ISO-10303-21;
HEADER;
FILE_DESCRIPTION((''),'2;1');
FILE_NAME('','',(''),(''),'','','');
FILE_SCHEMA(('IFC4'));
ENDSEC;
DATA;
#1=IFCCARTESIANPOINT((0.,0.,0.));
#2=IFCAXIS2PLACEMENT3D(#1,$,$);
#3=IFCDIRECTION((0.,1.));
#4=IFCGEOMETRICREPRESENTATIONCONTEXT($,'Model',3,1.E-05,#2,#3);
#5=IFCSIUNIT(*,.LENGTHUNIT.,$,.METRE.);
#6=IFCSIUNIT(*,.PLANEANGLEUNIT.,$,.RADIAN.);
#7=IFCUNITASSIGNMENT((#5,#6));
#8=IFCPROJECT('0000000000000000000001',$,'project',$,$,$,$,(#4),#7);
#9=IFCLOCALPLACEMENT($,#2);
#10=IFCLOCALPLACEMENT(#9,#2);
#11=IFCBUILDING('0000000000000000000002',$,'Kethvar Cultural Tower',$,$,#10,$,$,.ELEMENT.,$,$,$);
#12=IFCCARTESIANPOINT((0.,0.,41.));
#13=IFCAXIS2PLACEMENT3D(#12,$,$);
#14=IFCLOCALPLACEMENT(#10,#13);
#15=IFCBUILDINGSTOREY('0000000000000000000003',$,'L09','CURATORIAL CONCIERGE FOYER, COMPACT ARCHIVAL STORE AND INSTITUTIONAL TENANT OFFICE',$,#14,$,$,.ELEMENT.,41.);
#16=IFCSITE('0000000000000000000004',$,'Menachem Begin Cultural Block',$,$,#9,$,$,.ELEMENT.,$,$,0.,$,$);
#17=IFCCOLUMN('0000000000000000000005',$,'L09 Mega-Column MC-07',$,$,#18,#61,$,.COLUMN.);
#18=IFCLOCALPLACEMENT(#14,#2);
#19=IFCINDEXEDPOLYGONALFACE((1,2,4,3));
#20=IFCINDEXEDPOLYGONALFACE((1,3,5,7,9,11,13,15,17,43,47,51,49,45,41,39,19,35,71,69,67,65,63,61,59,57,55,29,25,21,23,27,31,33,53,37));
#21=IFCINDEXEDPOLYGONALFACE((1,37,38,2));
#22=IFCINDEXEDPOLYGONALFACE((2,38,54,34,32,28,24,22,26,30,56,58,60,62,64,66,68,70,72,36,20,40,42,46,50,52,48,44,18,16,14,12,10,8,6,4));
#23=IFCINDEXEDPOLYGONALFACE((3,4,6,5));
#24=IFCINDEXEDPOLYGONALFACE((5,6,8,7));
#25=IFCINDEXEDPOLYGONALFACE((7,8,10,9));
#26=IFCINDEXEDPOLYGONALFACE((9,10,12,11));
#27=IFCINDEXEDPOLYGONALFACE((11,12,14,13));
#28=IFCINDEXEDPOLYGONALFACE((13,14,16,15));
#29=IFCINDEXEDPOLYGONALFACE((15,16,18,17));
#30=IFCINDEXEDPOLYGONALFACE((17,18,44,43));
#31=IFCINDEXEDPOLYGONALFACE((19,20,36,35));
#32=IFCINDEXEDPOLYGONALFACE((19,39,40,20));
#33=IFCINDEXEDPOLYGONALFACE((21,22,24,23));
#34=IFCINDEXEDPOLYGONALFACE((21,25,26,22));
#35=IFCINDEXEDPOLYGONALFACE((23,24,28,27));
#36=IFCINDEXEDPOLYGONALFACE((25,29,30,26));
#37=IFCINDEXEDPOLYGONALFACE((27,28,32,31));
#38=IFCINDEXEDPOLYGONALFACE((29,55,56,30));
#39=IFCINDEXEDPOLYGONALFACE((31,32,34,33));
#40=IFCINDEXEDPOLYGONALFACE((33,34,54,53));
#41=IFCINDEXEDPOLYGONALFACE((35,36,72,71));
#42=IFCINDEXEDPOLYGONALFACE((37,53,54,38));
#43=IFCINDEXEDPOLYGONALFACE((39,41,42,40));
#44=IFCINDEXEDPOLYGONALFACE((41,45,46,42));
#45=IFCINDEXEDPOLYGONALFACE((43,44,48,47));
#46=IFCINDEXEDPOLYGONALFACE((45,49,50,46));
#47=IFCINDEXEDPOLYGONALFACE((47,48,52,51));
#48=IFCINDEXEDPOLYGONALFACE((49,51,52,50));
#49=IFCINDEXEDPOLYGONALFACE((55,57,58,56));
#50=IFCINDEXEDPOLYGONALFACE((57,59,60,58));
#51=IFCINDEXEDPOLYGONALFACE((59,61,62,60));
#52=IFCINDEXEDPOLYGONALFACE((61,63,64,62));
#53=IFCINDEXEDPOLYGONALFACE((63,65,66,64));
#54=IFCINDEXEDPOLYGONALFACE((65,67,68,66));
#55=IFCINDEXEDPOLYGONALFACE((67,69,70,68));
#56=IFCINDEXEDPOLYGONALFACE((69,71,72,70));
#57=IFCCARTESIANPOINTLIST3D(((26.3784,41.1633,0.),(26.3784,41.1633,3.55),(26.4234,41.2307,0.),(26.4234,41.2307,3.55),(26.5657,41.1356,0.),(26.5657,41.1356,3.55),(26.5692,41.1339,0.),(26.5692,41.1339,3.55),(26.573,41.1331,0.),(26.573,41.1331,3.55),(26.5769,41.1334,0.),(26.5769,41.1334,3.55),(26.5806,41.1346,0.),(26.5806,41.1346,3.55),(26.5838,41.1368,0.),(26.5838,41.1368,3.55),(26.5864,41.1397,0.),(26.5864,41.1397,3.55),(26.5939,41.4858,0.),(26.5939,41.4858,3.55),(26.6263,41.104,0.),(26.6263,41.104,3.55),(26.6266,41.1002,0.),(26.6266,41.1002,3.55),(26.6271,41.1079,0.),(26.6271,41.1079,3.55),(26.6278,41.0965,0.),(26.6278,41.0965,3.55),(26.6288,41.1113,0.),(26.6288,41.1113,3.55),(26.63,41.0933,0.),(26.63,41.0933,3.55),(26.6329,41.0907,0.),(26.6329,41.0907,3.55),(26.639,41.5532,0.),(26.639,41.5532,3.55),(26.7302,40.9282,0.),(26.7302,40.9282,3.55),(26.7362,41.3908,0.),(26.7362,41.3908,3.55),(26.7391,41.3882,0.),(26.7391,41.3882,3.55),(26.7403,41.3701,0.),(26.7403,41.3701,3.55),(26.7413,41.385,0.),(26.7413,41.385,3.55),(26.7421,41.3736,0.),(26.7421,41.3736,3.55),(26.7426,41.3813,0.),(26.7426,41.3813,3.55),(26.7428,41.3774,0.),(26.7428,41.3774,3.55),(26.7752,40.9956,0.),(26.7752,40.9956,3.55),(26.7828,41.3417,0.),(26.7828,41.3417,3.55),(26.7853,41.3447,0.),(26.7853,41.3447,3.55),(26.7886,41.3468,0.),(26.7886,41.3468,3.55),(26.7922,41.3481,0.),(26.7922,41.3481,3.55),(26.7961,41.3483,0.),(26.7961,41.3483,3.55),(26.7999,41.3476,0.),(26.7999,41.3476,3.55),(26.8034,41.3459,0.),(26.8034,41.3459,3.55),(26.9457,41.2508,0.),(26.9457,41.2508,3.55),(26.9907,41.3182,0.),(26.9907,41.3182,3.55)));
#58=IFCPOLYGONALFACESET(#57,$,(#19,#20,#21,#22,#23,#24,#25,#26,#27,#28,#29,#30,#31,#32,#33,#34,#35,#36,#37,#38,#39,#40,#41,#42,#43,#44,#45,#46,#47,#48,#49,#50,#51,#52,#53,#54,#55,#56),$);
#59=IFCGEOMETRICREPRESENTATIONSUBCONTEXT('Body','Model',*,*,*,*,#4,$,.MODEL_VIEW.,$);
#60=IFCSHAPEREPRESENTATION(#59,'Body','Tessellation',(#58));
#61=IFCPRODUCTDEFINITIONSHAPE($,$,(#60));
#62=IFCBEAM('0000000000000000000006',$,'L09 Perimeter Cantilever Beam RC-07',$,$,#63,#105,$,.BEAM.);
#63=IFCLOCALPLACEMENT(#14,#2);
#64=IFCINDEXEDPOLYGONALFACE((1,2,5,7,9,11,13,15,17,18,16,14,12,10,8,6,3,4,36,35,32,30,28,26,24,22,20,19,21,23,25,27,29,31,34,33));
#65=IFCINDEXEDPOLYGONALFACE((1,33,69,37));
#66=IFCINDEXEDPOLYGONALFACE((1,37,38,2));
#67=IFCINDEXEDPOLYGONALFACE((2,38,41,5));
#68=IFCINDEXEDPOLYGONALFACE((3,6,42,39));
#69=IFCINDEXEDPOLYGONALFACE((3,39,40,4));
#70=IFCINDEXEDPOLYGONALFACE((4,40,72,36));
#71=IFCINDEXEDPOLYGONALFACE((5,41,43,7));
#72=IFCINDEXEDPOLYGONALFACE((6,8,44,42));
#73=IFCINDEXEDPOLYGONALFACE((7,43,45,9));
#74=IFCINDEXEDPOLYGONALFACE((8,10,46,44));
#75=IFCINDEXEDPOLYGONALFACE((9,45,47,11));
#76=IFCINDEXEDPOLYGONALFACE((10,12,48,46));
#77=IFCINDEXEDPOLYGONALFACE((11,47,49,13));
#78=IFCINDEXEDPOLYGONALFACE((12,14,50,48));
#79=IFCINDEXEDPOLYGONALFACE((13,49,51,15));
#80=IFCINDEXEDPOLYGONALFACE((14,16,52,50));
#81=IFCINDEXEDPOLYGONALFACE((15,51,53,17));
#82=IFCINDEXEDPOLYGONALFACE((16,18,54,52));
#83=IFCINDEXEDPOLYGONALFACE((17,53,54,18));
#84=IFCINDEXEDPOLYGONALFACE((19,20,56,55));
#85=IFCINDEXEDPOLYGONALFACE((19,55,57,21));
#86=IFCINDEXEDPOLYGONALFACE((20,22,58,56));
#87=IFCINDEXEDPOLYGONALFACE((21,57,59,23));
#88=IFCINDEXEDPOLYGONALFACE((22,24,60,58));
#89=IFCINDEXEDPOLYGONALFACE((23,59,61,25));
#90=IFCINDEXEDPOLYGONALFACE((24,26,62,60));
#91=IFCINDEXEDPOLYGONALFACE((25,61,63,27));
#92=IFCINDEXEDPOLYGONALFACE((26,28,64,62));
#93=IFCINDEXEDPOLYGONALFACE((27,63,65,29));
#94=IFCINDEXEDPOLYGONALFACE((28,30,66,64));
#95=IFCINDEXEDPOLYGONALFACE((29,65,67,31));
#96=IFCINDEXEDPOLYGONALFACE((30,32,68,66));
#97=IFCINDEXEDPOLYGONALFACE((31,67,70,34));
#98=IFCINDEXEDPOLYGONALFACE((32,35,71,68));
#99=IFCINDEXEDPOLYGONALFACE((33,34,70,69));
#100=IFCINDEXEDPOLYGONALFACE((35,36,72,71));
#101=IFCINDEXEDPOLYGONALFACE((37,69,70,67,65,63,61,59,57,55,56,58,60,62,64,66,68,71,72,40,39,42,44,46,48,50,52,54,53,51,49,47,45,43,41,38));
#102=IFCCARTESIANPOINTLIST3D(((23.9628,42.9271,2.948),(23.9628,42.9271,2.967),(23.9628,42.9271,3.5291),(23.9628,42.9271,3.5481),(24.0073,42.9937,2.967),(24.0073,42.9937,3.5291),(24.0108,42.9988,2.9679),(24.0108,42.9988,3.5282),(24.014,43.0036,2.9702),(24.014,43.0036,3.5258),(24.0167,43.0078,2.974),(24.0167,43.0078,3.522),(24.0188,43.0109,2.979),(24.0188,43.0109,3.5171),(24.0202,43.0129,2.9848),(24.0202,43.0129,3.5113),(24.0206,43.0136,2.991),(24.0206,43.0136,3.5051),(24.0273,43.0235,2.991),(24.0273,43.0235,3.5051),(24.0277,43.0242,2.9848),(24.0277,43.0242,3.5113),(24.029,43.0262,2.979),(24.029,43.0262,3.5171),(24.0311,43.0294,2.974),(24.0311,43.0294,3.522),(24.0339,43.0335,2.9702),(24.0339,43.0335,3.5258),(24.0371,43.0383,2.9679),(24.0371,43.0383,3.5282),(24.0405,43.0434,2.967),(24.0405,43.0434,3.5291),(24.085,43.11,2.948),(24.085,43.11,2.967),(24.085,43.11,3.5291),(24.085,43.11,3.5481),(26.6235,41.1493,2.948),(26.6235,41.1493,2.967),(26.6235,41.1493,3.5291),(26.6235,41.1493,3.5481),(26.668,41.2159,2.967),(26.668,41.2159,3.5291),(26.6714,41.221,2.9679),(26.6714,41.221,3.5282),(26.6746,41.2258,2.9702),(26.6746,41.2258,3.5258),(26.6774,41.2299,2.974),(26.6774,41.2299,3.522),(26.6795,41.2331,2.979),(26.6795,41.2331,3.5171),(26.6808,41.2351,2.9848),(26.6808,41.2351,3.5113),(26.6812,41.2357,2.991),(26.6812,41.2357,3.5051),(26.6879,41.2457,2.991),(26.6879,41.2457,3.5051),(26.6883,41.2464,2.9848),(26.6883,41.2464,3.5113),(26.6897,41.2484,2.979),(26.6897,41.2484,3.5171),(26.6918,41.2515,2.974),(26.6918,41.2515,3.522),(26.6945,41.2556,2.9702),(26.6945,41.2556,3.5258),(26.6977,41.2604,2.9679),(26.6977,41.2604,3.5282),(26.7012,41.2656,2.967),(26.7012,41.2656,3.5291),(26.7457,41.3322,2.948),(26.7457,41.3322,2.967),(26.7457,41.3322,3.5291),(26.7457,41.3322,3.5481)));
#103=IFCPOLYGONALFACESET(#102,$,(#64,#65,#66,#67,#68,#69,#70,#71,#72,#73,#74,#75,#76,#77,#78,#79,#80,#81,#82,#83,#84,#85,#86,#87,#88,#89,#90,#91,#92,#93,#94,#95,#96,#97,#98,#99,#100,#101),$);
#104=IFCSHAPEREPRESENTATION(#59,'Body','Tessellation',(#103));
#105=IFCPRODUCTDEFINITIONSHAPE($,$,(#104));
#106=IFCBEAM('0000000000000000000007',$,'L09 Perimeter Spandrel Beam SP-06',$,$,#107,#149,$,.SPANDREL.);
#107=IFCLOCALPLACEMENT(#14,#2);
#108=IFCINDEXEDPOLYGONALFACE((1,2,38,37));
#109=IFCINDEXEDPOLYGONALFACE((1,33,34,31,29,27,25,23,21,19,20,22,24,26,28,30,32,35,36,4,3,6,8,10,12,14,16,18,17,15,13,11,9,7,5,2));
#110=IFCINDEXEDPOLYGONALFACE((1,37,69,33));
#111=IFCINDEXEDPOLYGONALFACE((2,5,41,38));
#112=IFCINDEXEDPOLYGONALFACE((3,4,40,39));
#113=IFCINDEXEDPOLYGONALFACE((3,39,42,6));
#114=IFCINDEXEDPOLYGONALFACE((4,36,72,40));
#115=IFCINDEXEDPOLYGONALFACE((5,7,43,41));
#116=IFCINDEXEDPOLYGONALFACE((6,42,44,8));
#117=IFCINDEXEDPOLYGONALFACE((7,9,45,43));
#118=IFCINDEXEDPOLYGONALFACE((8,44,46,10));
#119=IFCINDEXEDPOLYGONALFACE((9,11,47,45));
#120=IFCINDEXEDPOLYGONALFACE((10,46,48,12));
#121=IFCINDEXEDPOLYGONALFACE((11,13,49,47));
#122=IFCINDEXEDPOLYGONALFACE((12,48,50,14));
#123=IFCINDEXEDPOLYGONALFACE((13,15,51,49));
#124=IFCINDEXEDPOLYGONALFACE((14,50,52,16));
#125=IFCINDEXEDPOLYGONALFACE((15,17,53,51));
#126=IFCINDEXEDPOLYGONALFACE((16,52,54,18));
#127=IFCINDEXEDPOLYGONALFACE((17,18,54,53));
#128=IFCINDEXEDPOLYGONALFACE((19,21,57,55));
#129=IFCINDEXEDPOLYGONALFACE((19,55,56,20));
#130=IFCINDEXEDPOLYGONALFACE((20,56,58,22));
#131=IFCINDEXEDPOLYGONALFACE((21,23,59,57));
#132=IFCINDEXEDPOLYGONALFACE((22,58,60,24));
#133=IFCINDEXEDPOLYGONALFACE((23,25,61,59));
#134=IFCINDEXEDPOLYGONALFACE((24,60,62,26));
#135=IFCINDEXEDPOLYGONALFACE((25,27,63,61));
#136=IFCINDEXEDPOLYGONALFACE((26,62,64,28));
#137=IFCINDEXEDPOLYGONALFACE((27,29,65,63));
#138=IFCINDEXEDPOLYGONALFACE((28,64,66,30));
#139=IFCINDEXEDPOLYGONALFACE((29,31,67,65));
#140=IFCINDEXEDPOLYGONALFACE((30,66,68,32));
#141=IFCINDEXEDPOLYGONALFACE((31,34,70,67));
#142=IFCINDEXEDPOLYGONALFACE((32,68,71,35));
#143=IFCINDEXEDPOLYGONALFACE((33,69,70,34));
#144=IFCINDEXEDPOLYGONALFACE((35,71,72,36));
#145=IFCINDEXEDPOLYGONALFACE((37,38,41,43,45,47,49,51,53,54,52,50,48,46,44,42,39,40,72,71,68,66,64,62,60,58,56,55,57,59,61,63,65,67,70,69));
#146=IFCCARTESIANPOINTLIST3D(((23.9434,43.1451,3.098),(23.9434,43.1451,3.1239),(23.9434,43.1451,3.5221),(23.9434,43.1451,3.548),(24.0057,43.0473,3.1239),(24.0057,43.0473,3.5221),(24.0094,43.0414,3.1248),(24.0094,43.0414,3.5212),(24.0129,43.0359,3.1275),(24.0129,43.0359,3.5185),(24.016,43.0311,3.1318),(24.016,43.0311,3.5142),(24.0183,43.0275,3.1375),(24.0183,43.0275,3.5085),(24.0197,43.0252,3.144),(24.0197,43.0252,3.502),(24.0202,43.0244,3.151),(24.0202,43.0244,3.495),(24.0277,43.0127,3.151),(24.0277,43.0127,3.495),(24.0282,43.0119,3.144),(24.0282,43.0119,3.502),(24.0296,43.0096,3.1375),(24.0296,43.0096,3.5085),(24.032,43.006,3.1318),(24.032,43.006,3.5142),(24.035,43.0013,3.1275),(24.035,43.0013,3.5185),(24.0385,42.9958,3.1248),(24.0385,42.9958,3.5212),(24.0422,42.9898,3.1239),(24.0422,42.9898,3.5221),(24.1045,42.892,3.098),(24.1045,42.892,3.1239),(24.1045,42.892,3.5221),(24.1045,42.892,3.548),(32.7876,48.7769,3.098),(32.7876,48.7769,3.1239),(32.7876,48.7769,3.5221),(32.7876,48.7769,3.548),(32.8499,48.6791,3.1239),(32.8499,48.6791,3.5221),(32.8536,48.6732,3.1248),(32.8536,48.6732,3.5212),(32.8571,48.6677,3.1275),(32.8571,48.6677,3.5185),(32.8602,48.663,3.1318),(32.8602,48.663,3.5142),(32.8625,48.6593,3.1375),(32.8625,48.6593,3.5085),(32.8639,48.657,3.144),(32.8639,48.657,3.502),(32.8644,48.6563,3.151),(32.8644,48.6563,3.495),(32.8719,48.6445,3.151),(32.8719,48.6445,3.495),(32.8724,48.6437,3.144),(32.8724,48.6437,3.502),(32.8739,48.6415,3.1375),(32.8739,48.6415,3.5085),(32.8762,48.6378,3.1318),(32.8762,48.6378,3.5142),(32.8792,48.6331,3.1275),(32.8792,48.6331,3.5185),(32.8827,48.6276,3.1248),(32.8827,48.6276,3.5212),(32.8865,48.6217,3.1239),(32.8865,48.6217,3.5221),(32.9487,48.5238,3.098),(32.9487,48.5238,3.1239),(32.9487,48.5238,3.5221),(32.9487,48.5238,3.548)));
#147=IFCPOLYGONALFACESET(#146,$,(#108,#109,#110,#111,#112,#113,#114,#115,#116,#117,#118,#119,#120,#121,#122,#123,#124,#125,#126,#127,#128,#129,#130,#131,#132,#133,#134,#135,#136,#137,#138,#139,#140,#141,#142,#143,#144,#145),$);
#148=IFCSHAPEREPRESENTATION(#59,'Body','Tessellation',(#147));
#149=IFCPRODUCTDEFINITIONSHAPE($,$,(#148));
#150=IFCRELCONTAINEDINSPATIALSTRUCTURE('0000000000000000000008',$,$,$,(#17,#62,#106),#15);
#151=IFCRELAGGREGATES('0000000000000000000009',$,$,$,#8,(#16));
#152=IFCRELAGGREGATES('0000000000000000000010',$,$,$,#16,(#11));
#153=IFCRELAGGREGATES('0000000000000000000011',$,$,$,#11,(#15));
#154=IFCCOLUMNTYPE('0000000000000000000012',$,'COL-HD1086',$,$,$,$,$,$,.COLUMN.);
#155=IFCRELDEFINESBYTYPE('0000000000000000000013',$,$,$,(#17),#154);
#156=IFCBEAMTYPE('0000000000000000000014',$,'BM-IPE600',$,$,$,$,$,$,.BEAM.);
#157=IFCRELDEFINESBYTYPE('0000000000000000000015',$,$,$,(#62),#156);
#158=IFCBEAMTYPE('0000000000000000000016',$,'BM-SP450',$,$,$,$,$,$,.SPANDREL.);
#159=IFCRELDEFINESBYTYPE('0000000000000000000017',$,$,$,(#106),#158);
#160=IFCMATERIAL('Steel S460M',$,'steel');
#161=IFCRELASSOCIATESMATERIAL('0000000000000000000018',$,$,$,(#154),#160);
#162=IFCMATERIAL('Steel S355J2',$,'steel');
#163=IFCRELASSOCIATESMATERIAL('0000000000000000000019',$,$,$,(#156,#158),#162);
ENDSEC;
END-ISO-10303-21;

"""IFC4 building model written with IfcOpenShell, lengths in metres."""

from ifc_helpers import new_model, si_unit, direction, frame, origin, origin_2d, place, context, subcontext, project, spatial, i_section, extrude, source, transform, mapped, material, material_profile, profile_set, type_object, element, save


model = new_model("IFC4")

# Units and contexts
model_context = context("Model", 3, precision=1e-05, world=origin(), true_north=direction((0.0, 1.0)))
body_context = subcontext(model_context, "Body", "Model", "MODEL_VIEW")
ifc_project = project(units=[si_unit("LENGTHUNIT", "METRE"), si_unit("PLANEANGLEUNIT", "RADIAN")], contexts=[model_context])

# Site, building, storey
site_placement = place(None, origin())
site = spatial("IfcSite", under=ifc_project, at=site_placement, Name="Menachem Begin Cultural Block", CompositionType="ELEMENT", RefElevation=0.0)
building_placement = place(site_placement, origin())
building = spatial("IfcBuilding", under=site, at=building_placement, Name="Kethvar Cultural Tower", CompositionType="ELEMENT")
storey_placement = place(building_placement, frame((0.0, 0.0, 41.0)))
storey = spatial("IfcBuildingStorey", under=building, at=storey_placement, Name="L09", Description="CURATORIAL CONCIERGE FOYER, COMPACT ARCHIVAL STORE AND INSTITUTIONAL TENANT OFFICE", CompositionType="ELEMENT", Elevation=41.0)

# Column
ifc_material_1 = material(Name="Steel S460M", Category="steel")
ifc_material_profile_1 = material_profile(ifc_material_1, i_section(OverallWidth=0.4231, OverallDepth=0.469, WebThickness=0.051, FlangeThickness=0.0811, FilletRadius=0.0149, at=origin_2d()), Name="Steel S460M — HD400x1086")
ifc_profile_set_1 = profile_set([ifc_material_profile_1], Name="Steel S460M — HD400x1086")
column_type = type_object("IfcColumnType", Name="COL-HD1086", PredefinedType="COLUMN", material=ifc_profile_set_1)
shared_shape_1 = source(origin(), body_context, "Body", "SweptSolid", [
    extrude(i_section(OverallWidth=0.4231, OverallDepth=0.469, WebThickness=0.051, FlangeThickness=0.0811, FilletRadius=0.0149, at=origin_2d()), origin(), (0.0, 0.0, 1.0), 3.55),
])
column_placement = place(storey_placement, frame((26.6846, 41.2407, 0.0), z_axis=(0.0, 0.0, 1.0), x_axis=(-0.83147, 0.55557, 0.0)))
element("IfcColumn", 1, at=column_placement, inside=storey, type_object=column_type, Name="L09 Mega-Column MC-07", PredefinedType="COLUMN", context=body_context, shape_type="MappedRepresentation", body=[
    mapped(shared_shape_1, transform((0.0, 0.0, 0.0), scale=1.0)),
])

# Beams
ifc_material_2 = material(Name="Steel S355J2", Category="steel")
ifc_material_profile_2 = material_profile(ifc_material_2, i_section(OverallWidth=0.22, OverallDepth=0.6001, WebThickness=0.012, FlangeThickness=0.019, FilletRadius=0.0239, at=origin_2d()), Name="Steel S355J2 — IPE600")
ifc_profile_set_2 = profile_set([ifc_material_profile_2], Name="Steel S355J2 — IPE600")
beam_type_1 = type_object("IfcBeamType", Name="BM-IPE600", PredefinedType="BEAM", material=ifc_profile_set_2)
shared_shape_2 = source(origin(), body_context, "Body", "SweptSolid", [
    extrude(i_section(OverallWidth=0.22, OverallDepth=0.6001, WebThickness=0.012, FlangeThickness=0.019, FilletRadius=0.0239, at=origin_2d()), origin(), (0.0, 0.0, 1.0), 3.2),
])
beam_1_placement = place(storey_placement, frame((26.6846, 41.2407, 3.248), z_axis=(-0.831463, 0.55558, 0.0), x_axis=(-0.55558, -0.831463, 0.0)))
element("IfcBeam", 2, at=beam_1_placement, inside=storey, type_object=beam_type_1, Name="L09 Perimeter Cantilever Beam RC-07", PredefinedType="BEAM", context=body_context, shape_type="MappedRepresentation", body=[
    mapped(shared_shape_2, transform((0.0, 0.0, 0.0), scale=1.0)),
])
ifc_material_profile_3 = material_profile(ifc_material_2, i_section(OverallWidth=0.3, OverallDepth=0.45, WebThickness=0.0139, FlangeThickness=0.0259, FilletRadius=0.0271, at=origin_2d()), Name="Steel S355J2 — HEB450")
ifc_profile_set_3 = profile_set([ifc_material_profile_3], Name="Steel S355J2 — HEB450")
beam_type_2 = type_object("IfcBeamType", Name="BM-SP450", PredefinedType="SPANDREL", material=ifc_profile_set_3)
shared_shape_3 = source(origin(), body_context, "Body", "SweptSolid", [
    extrude(i_section(OverallWidth=0.3, OverallDepth=0.45, WebThickness=0.0139, FlangeThickness=0.0259, FilletRadius=0.0271, at=origin_2d()), origin(), (0.0, 0.0, 1.0), 10.4851),
])
beam_2_placement = place(storey_placement, frame((32.8682, 48.6504, 3.323), z_axis=(-0.843502, -0.537126, 0.0), x_axis=(0.537126, -0.843502, 0.0)))
element("IfcBeam", 3, at=beam_2_placement, inside=storey, type_object=beam_type_2, Name="L09 Perimeter Spandrel Beam SP-06", PredefinedType="SPANDREL", context=body_context, shape_type="MappedRepresentation", body=[
    mapped(shared_shape_3, transform((0.0, 0.0, 0.0), scale=1.0)),
])

save(model, "model.ifc")
